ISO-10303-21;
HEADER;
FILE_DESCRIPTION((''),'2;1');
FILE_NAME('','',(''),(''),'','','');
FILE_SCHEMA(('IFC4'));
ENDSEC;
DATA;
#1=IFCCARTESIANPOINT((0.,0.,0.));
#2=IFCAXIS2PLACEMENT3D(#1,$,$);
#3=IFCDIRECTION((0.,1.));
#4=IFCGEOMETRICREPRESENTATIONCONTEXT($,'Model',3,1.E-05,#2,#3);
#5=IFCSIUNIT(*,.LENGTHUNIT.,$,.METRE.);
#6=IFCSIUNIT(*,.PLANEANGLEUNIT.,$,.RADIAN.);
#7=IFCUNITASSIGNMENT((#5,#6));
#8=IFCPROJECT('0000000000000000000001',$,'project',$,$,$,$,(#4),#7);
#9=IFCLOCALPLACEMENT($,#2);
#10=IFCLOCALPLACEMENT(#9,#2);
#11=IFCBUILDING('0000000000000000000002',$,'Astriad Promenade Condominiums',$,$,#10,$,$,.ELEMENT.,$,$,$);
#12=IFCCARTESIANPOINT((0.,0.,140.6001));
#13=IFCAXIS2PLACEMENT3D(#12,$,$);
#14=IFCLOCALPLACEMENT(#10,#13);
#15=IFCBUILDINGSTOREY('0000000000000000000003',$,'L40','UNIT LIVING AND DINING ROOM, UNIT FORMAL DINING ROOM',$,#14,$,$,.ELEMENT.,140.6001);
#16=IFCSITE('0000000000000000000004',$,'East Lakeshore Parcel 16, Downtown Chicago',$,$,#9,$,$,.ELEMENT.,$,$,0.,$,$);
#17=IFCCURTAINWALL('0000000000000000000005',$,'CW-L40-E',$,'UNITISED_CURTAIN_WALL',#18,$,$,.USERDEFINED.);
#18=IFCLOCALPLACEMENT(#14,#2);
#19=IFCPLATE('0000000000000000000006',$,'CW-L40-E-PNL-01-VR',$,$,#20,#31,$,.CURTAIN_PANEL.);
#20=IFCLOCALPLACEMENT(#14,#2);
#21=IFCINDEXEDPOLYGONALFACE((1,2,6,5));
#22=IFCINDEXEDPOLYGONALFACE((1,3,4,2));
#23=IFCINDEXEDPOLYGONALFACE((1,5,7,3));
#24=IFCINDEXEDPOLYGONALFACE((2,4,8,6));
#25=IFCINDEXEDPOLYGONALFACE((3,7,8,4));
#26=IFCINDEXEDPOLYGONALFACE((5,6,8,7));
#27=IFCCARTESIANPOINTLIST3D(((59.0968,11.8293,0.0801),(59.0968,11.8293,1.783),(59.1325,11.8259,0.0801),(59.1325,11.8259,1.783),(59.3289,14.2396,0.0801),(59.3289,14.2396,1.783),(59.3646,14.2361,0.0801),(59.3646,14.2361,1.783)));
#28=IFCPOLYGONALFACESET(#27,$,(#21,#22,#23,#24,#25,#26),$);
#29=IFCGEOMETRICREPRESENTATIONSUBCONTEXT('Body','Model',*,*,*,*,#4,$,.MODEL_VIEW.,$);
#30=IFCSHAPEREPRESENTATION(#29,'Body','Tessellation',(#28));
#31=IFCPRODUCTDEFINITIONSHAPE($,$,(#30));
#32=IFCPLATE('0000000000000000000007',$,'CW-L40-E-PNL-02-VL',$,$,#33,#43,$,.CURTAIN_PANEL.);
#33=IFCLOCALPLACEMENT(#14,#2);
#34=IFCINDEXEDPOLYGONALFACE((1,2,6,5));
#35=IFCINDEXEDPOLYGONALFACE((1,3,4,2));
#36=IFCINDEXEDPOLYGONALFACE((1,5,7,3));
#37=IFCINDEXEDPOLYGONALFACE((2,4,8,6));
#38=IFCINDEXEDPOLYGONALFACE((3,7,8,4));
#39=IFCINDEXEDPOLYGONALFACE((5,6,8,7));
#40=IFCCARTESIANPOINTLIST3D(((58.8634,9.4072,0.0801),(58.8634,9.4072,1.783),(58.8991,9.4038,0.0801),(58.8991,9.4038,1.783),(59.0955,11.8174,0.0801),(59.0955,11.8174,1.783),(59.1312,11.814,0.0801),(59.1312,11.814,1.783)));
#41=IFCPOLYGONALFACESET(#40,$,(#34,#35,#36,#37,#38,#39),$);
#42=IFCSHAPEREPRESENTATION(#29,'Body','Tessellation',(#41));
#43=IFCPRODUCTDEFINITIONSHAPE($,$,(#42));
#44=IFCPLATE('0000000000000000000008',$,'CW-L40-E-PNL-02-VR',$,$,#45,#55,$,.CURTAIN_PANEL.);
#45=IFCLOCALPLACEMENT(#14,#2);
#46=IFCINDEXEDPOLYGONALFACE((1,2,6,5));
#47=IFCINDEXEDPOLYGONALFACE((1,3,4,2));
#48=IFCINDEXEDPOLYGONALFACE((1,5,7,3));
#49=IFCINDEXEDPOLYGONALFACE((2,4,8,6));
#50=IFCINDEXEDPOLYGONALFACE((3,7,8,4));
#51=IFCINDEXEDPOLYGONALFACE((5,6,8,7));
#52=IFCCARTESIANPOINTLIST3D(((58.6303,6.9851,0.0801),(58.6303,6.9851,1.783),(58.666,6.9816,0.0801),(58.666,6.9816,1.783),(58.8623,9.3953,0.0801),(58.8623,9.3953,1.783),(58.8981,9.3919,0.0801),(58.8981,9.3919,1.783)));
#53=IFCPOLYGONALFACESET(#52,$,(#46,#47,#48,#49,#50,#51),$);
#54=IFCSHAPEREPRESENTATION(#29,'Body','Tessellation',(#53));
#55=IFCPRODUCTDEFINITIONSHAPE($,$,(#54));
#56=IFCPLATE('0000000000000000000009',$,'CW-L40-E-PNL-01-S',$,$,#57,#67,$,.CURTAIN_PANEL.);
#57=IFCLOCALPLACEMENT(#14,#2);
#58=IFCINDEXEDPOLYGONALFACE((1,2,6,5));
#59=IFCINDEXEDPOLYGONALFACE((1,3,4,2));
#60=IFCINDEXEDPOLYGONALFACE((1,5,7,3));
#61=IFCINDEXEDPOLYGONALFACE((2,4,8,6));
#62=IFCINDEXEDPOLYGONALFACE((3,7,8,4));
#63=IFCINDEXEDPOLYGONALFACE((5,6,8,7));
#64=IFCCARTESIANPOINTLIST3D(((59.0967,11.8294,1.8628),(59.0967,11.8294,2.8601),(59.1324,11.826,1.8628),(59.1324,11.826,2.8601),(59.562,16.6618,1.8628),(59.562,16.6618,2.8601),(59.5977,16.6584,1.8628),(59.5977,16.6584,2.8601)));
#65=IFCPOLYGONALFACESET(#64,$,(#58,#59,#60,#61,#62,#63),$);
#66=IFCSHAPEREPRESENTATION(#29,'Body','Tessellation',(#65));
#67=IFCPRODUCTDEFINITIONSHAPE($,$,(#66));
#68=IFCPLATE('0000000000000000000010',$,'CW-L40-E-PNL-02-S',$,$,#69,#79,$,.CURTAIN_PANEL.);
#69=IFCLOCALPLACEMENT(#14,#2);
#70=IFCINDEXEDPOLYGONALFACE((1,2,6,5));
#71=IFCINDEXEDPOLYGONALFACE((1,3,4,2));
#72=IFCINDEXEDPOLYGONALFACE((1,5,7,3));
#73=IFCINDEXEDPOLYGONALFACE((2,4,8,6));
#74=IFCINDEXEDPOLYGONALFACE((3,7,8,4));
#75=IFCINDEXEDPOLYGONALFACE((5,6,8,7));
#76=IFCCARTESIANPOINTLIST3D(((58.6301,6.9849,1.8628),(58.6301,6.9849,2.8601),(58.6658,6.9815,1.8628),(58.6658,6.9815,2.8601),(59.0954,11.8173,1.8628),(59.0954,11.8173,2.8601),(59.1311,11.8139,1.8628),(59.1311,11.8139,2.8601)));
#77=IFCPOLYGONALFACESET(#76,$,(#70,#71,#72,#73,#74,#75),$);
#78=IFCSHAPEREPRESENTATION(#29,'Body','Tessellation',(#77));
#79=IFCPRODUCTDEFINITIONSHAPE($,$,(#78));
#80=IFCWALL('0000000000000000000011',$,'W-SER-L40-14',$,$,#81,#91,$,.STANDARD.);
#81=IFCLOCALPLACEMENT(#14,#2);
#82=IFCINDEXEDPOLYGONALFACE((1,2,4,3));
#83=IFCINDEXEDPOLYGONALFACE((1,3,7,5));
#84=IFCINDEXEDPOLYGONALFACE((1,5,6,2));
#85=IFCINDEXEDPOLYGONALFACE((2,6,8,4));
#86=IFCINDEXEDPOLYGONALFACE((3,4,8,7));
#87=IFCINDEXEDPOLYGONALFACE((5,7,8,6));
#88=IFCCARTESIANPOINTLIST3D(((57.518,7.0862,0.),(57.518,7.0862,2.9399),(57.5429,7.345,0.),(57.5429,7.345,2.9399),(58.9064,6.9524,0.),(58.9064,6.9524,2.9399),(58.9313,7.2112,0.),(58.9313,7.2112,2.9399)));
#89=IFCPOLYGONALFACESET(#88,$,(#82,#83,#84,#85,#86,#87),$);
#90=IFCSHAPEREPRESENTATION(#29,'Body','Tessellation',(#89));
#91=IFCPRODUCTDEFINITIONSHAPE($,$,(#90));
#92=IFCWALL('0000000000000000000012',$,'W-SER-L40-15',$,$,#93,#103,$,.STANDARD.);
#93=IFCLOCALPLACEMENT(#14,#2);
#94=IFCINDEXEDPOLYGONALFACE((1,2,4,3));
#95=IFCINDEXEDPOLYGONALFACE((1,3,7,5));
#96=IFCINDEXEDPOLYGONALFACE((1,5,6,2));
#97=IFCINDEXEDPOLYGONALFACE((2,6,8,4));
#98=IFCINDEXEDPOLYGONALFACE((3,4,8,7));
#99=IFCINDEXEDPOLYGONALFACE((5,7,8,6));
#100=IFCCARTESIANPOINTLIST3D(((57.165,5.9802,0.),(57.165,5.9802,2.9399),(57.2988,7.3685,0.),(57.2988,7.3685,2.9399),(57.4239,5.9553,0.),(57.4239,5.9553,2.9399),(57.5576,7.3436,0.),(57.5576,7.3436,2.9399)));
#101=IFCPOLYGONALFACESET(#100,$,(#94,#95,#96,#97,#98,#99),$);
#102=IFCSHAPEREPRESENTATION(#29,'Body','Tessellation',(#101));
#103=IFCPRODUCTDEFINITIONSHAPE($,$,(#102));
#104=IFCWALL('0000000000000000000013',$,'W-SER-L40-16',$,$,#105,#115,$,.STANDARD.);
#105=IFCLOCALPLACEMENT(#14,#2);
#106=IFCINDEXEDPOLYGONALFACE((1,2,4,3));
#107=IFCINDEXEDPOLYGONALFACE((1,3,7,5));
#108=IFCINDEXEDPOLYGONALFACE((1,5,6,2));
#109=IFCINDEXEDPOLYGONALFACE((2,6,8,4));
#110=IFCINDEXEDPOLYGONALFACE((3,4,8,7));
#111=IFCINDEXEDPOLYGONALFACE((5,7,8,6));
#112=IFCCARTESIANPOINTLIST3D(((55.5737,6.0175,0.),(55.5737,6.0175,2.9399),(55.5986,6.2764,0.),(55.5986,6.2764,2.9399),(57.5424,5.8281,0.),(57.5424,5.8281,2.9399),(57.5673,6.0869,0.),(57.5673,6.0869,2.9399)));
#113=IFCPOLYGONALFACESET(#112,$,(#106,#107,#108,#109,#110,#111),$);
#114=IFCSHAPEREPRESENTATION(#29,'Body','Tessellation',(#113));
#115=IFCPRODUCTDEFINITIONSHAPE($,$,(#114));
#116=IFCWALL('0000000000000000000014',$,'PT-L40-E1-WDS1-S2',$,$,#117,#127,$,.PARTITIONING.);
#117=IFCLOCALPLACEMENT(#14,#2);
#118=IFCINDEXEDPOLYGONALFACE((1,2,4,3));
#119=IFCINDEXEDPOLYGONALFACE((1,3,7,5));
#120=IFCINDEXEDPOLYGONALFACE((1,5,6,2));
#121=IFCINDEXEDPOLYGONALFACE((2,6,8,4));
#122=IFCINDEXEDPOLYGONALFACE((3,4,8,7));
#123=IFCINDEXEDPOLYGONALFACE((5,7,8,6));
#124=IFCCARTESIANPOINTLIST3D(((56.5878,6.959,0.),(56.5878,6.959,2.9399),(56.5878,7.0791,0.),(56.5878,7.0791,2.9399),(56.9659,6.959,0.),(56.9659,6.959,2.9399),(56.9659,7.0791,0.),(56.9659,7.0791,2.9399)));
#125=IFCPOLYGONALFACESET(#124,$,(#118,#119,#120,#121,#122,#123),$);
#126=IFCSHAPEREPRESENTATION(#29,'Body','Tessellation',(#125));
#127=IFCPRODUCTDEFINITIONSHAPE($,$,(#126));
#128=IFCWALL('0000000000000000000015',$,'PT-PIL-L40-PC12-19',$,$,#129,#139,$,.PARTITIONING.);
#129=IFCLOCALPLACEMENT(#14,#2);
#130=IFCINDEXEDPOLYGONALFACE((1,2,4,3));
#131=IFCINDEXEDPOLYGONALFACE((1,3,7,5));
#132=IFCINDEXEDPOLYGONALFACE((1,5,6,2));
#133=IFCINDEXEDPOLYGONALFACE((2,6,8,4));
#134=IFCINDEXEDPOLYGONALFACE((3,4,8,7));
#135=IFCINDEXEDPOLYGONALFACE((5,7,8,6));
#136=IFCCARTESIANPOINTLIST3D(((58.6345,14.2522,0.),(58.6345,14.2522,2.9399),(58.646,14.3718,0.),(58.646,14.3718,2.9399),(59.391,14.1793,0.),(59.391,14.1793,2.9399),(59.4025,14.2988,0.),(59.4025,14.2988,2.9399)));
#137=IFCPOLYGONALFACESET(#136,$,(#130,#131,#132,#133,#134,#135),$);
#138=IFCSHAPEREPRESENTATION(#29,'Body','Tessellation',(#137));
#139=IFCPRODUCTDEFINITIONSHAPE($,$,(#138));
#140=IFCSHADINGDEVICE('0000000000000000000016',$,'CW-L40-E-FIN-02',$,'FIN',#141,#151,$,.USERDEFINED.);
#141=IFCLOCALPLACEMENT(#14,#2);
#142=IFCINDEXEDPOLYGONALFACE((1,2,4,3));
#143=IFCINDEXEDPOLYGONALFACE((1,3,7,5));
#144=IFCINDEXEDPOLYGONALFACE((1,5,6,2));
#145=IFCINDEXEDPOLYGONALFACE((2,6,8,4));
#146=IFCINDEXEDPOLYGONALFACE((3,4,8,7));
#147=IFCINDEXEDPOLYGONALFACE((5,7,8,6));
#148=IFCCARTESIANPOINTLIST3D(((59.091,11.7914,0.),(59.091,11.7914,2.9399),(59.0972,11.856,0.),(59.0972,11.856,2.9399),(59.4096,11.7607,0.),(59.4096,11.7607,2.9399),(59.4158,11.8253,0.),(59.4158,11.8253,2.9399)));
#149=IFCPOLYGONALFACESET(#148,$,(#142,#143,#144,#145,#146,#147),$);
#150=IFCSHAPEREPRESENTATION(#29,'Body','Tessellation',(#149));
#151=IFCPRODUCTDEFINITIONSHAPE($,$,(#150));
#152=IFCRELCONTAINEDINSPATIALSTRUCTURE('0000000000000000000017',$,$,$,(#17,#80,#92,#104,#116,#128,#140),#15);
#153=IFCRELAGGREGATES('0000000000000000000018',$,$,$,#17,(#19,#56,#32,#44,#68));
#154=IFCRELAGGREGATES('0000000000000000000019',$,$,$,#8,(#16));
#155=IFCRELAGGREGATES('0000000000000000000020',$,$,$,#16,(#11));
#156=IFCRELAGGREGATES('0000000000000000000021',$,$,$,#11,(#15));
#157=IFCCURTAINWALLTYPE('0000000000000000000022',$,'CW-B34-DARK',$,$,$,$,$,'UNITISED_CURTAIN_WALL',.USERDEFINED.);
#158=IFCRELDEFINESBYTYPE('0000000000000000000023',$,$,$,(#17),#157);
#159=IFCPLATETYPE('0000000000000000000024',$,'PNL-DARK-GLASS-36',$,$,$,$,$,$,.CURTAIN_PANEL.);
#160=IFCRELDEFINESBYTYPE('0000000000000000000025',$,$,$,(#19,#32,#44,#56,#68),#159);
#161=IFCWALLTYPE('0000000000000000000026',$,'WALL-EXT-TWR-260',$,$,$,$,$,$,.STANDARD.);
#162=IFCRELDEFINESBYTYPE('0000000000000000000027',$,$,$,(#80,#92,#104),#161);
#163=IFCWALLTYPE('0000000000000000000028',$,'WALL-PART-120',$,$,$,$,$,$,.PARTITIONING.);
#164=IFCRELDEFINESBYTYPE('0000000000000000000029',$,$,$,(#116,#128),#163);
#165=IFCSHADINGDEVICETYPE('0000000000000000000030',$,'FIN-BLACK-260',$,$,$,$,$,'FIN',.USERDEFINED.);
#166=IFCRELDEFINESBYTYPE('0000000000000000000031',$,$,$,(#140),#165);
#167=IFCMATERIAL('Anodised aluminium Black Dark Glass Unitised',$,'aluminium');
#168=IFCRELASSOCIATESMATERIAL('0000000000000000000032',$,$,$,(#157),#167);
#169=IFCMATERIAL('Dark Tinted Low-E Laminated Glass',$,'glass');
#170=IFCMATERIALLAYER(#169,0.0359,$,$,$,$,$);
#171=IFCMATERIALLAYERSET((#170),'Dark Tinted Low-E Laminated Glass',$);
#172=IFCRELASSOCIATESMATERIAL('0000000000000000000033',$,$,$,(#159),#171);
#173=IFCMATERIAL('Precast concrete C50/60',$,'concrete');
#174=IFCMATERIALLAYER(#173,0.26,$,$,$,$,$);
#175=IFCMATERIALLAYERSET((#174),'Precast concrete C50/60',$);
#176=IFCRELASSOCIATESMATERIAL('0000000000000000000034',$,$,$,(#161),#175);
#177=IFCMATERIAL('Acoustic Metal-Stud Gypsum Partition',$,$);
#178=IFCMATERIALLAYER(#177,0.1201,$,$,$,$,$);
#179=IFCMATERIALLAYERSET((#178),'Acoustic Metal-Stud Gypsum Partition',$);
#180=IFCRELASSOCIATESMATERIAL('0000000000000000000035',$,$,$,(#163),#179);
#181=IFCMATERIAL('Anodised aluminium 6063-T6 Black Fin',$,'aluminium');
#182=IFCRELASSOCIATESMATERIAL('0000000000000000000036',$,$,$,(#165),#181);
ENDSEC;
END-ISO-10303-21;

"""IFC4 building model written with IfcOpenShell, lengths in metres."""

from ifc_helpers import new_model, si_unit, direction, frame, frame_2d, origin, origin_2d, place, context, subcontext, project, spatial, rectangle, extrude, source, transform, mapped, material, layer, layer_set, type_object, type_shapes, element, aggregate, save


model = new_model("IFC4")

# Units and contexts
model_context = context("Model", 3, precision=1e-05, world=origin(), true_north=direction((0.0, 1.0)))
body_context = subcontext(model_context, "Body", "Model", "MODEL_VIEW")
ifc_project = project(units=[si_unit("LENGTHUNIT", "METRE"), si_unit("PLANEANGLEUNIT", "RADIAN")], contexts=[model_context])

# Site, building, storey
site_placement = place(None, origin())
site = spatial("IfcSite", under=ifc_project, at=site_placement, Name="East Lakeshore Parcel 16, Downtown Chicago", CompositionType="ELEMENT", RefElevation=0.0)
building_placement = place(site_placement, origin())
building = spatial("IfcBuilding", under=site, at=building_placement, Name="Astriad Promenade Condominiums", CompositionType="ELEMENT")
storey_placement = place(building_placement, frame((0.0, 0.0, 140.6001)))
storey = spatial("IfcBuildingStorey", under=building, at=storey_placement, Name="L40", Description="UNIT LIVING AND DINING ROOM, UNIT FORMAL DINING ROOM", CompositionType="ELEMENT", Elevation=140.6001)

# Curtain wall, plates
ifc_material_1 = material(Name="Anodised aluminium Black Dark Glass Unitised", Category="aluminium")
curtain_wall_type = type_object("IfcCurtainWallType", Name="CW-B34-DARK", ElementType="UNITISED_CURTAIN_WALL", PredefinedType="USERDEFINED", material=ifc_material_1)
curtain_wall_placement = place(storey_placement, origin())
curtain_wall = element("IfcCurtainWall", 1, at=curtain_wall_placement, inside=storey, type_object=curtain_wall_type, Name="CW-L40-E", ObjectType="UNITISED_CURTAIN_WALL", PredefinedType="USERDEFINED")
ifc_material_2 = material(Name="Dark Tinted Low-E Laminated Glass", Category="glass")
ifc_layer_1 = layer(ifc_material_2, 0.0359)
ifc_layer_set_1 = layer_set([ifc_layer_1], Name="Dark Tinted Low-E Laminated Glass")
plate_type = type_object("IfcPlateType", Name="PNL-DARK-GLASS-36", PredefinedType="CURTAIN_PANEL", material=ifc_layer_set_1)
shared_shape_1 = source(origin(), body_context, "Body", "SweptSolid", [
    extrude(rectangle(XDim=2.4214, YDim=0.0359, at=origin_2d()), origin(), (0.0, 0.0, 1.0), 1.7029),
])
plate_1_placement = place(storey_placement, frame((59.2307, 13.0327, 0.0801), z_axis=(0.0, 0.0, 1.0), x_axis=(-0.095846, -0.995396, 0.0)))
plate_1 = element("IfcPlate", 2, at=plate_1_placement, type_object=plate_type, Name="CW-L40-E-PNL-01-VR", PredefinedType="CURTAIN_PANEL", context=body_context, shape_type="MappedRepresentation", body=[
    mapped(shared_shape_1, transform((0.0, 0.0, 0.0), scale=1.0)),
])
plate_2_placement = place(storey_placement, frame((58.9973, 10.6106, 0.0801), z_axis=(0.0, 0.0, 1.0), x_axis=(-0.095846, -0.995396, 0.0)))
plate_2 = element("IfcPlate", 3, at=plate_2_placement, type_object=plate_type, Name="CW-L40-E-PNL-02-VL", PredefinedType="CURTAIN_PANEL", context=body_context, shape_type="MappedRepresentation", body=[
    mapped(shared_shape_1, transform((0.0, 0.0, 0.0), scale=1.0)),
])
plate_3_placement = place(storey_placement, frame((58.7642, 8.1885, 0.0801), z_axis=(0.0, 0.0, 1.0), x_axis=(-0.095846, -0.995396, 0.0)))
plate_3 = element("IfcPlate", 4, at=plate_3_placement, type_object=plate_type, Name="CW-L40-E-PNL-02-VR", PredefinedType="CURTAIN_PANEL", context=body_context, shape_type="MappedRepresentation", body=[
    mapped(shared_shape_1, transform((0.0, 0.0, 0.0), scale=1.0)),
])
shared_shape_2 = source(origin(), body_context, "Body", "SweptSolid", [
    extrude(rectangle(XDim=4.8547, YDim=0.0359, at=origin_2d()), origin(), (0.0, 0.0, 1.0), 0.9973),
])
type_shapes(plate_type, [shared_shape_1, shared_shape_2])
plate_4_placement = place(storey_placement, frame((59.3472, 14.2439, 1.8628), z_axis=(0.0, 0.0, 1.0), x_axis=(-0.095846, -0.995396, 0.0)))
plate_4 = element("IfcPlate", 5, at=plate_4_placement, type_object=plate_type, Name="CW-L40-E-PNL-01-S", PredefinedType="CURTAIN_PANEL", context=body_context, shape_type="MappedRepresentation", body=[
    mapped(shared_shape_2, transform((0.0, 0.0, 0.0), scale=1.0)),
])
plate_5_placement = place(storey_placement, frame((58.8806, 9.3994, 1.8628), z_axis=(0.0, 0.0, 1.0), x_axis=(-0.095846, -0.995396, 0.0)))
plate_5 = element("IfcPlate", 6, at=plate_5_placement, type_object=plate_type, Name="CW-L40-E-PNL-02-S", PredefinedType="CURTAIN_PANEL", context=body_context, shape_type="MappedRepresentation", body=[
    mapped(shared_shape_2, transform((0.0, 0.0, 0.0), scale=1.0)),
])
aggregate(curtain_wall, [plate_1, plate_4, plate_2, plate_3, plate_5])

# Walls
ifc_material_3 = material(Name="Precast concrete C50/60", Category="concrete")
ifc_layer_2 = layer(ifc_material_3, 0.26)
ifc_layer_set_2 = layer_set([ifc_layer_2], Name="Precast concrete C50/60")
wall_type_1 = type_object("IfcWallType", Name="WALL-EXT-TWR-260", PredefinedType="STANDARD", material=ifc_layer_set_2)
for number, where, z_axis, x_axis, name in (
    (7, (58.9187, 7.0818, 0.0), (0.0, 0.0, 1.0), (-0.995389, 0.095916, 0.0), "W-SER-L40-14"),
    (8, (57.4282, 7.356, 0.0), (0.0, 0.0, 1.0), (-0.095916, -0.995389, 0.0), "W-SER-L40-15"),
):
    element("IfcWall", number, at=place(storey_placement, frame(where, z_axis=z_axis, x_axis=x_axis)), inside=storey, type_object=wall_type_1, Name=name, PredefinedType="STANDARD", context=body_context, shape_type="SweptSolid", body=[
        extrude(rectangle(XDim=1.3948, YDim=0.26, at=frame_2d((0.6973, 0.0))), origin(), (0.0, 0.0, 1.0), 2.9399),
    ])
wall_1_placement = place(storey_placement, frame((57.5547, 5.9575, 0.0), z_axis=(0.0, 0.0, 1.0), x_axis=(-0.995402, 0.095788, 0.0)))
element("IfcWall", 9, at=wall_1_placement, inside=storey, type_object=wall_type_1, Name="W-SER-L40-16", PredefinedType="STANDARD", context=body_context, shape_type="SweptSolid", body=[
    extrude(rectangle(XDim=1.9778, YDim=0.26, at=frame_2d((0.9888, 0.0))), origin(), (0.0, 0.0, 1.0), 2.9399),
])
ifc_material_4 = material(Name="Acoustic Metal-Stud Gypsum Partition")
ifc_layer_3 = layer(ifc_material_4, 0.1201)
ifc_layer_set_3 = layer_set([ifc_layer_3], Name="Acoustic Metal-Stud Gypsum Partition")
wall_type_2 = type_object("IfcWallType", Name="WALL-PART-120", PredefinedType="PARTITIONING", material=ifc_layer_set_3)
wall_2_placement = place(storey_placement, frame((56.5879, 7.019, 0.0), z_axis=(0.0, 0.0, 1.0), x_axis=(1.0, 0.0, 0.0)))
element("IfcWall", 10, at=wall_2_placement, inside=storey, type_object=wall_type_2, Name="PT-L40-E1-WDS1-S2", PredefinedType="PARTITIONING", context=body_context, shape_type="SweptSolid", body=[
    extrude(rectangle(XDim=0.3782, YDim=0.1201, at=frame_2d((0.189, 0.0))), origin(), (0.0, 0.0, 1.0), 2.9399),
])
wall_3_placement = place(storey_placement, frame((58.6404, 14.312, 0.0), z_axis=(0.0, 0.0, 1.0), x_axis=(0.995378, -0.096037, 0.0)))
element("IfcWall", 11, at=wall_3_placement, inside=storey, type_object=wall_type_2, Name="PT-PIL-L40-PC12-19", PredefinedType="PARTITIONING", context=body_context, shape_type="SweptSolid", body=[
    extrude(rectangle(XDim=0.76, YDim=0.1201, at=frame_2d((0.3799, 0.0))), origin(), (0.0, 0.0, 1.0), 2.9399),
])

# Shading device
ifc_material_5 = material(Name="Anodised aluminium 6063-T6 Black Fin", Category="aluminium")
shading_device_type = type_object("IfcShadingDeviceType", Name="FIN-BLACK-260", ElementType="FIN", PredefinedType="USERDEFINED", material=ifc_material_5)
shared_shape_3 = source(origin(), body_context, "Body", "SweptSolid", [
    extrude(rectangle(XDim=0.0649, YDim=0.3201, at=origin_2d()), origin(), (0.0, 0.0, 1.0), 2.9399),
])
type_shapes(shading_device_type, [shared_shape_3])
shading_device_placement = place(storey_placement, frame((59.2534, 11.8083, 0.0), z_axis=(0.0, 0.0, 1.0), x_axis=(-0.095846, -0.995396, 0.0)))
element("IfcShadingDevice", 12, at=shading_device_placement, inside=storey, type_object=shading_device_type, Name="CW-L40-E-FIN-02", ObjectType="FIN", PredefinedType="USERDEFINED", context=body_context, shape_type="MappedRepresentation", body=[
    mapped(shared_shape_3, transform((0.0, 0.0, 0.0), scale=1.0)),
])

save(model, "model.ifc")
